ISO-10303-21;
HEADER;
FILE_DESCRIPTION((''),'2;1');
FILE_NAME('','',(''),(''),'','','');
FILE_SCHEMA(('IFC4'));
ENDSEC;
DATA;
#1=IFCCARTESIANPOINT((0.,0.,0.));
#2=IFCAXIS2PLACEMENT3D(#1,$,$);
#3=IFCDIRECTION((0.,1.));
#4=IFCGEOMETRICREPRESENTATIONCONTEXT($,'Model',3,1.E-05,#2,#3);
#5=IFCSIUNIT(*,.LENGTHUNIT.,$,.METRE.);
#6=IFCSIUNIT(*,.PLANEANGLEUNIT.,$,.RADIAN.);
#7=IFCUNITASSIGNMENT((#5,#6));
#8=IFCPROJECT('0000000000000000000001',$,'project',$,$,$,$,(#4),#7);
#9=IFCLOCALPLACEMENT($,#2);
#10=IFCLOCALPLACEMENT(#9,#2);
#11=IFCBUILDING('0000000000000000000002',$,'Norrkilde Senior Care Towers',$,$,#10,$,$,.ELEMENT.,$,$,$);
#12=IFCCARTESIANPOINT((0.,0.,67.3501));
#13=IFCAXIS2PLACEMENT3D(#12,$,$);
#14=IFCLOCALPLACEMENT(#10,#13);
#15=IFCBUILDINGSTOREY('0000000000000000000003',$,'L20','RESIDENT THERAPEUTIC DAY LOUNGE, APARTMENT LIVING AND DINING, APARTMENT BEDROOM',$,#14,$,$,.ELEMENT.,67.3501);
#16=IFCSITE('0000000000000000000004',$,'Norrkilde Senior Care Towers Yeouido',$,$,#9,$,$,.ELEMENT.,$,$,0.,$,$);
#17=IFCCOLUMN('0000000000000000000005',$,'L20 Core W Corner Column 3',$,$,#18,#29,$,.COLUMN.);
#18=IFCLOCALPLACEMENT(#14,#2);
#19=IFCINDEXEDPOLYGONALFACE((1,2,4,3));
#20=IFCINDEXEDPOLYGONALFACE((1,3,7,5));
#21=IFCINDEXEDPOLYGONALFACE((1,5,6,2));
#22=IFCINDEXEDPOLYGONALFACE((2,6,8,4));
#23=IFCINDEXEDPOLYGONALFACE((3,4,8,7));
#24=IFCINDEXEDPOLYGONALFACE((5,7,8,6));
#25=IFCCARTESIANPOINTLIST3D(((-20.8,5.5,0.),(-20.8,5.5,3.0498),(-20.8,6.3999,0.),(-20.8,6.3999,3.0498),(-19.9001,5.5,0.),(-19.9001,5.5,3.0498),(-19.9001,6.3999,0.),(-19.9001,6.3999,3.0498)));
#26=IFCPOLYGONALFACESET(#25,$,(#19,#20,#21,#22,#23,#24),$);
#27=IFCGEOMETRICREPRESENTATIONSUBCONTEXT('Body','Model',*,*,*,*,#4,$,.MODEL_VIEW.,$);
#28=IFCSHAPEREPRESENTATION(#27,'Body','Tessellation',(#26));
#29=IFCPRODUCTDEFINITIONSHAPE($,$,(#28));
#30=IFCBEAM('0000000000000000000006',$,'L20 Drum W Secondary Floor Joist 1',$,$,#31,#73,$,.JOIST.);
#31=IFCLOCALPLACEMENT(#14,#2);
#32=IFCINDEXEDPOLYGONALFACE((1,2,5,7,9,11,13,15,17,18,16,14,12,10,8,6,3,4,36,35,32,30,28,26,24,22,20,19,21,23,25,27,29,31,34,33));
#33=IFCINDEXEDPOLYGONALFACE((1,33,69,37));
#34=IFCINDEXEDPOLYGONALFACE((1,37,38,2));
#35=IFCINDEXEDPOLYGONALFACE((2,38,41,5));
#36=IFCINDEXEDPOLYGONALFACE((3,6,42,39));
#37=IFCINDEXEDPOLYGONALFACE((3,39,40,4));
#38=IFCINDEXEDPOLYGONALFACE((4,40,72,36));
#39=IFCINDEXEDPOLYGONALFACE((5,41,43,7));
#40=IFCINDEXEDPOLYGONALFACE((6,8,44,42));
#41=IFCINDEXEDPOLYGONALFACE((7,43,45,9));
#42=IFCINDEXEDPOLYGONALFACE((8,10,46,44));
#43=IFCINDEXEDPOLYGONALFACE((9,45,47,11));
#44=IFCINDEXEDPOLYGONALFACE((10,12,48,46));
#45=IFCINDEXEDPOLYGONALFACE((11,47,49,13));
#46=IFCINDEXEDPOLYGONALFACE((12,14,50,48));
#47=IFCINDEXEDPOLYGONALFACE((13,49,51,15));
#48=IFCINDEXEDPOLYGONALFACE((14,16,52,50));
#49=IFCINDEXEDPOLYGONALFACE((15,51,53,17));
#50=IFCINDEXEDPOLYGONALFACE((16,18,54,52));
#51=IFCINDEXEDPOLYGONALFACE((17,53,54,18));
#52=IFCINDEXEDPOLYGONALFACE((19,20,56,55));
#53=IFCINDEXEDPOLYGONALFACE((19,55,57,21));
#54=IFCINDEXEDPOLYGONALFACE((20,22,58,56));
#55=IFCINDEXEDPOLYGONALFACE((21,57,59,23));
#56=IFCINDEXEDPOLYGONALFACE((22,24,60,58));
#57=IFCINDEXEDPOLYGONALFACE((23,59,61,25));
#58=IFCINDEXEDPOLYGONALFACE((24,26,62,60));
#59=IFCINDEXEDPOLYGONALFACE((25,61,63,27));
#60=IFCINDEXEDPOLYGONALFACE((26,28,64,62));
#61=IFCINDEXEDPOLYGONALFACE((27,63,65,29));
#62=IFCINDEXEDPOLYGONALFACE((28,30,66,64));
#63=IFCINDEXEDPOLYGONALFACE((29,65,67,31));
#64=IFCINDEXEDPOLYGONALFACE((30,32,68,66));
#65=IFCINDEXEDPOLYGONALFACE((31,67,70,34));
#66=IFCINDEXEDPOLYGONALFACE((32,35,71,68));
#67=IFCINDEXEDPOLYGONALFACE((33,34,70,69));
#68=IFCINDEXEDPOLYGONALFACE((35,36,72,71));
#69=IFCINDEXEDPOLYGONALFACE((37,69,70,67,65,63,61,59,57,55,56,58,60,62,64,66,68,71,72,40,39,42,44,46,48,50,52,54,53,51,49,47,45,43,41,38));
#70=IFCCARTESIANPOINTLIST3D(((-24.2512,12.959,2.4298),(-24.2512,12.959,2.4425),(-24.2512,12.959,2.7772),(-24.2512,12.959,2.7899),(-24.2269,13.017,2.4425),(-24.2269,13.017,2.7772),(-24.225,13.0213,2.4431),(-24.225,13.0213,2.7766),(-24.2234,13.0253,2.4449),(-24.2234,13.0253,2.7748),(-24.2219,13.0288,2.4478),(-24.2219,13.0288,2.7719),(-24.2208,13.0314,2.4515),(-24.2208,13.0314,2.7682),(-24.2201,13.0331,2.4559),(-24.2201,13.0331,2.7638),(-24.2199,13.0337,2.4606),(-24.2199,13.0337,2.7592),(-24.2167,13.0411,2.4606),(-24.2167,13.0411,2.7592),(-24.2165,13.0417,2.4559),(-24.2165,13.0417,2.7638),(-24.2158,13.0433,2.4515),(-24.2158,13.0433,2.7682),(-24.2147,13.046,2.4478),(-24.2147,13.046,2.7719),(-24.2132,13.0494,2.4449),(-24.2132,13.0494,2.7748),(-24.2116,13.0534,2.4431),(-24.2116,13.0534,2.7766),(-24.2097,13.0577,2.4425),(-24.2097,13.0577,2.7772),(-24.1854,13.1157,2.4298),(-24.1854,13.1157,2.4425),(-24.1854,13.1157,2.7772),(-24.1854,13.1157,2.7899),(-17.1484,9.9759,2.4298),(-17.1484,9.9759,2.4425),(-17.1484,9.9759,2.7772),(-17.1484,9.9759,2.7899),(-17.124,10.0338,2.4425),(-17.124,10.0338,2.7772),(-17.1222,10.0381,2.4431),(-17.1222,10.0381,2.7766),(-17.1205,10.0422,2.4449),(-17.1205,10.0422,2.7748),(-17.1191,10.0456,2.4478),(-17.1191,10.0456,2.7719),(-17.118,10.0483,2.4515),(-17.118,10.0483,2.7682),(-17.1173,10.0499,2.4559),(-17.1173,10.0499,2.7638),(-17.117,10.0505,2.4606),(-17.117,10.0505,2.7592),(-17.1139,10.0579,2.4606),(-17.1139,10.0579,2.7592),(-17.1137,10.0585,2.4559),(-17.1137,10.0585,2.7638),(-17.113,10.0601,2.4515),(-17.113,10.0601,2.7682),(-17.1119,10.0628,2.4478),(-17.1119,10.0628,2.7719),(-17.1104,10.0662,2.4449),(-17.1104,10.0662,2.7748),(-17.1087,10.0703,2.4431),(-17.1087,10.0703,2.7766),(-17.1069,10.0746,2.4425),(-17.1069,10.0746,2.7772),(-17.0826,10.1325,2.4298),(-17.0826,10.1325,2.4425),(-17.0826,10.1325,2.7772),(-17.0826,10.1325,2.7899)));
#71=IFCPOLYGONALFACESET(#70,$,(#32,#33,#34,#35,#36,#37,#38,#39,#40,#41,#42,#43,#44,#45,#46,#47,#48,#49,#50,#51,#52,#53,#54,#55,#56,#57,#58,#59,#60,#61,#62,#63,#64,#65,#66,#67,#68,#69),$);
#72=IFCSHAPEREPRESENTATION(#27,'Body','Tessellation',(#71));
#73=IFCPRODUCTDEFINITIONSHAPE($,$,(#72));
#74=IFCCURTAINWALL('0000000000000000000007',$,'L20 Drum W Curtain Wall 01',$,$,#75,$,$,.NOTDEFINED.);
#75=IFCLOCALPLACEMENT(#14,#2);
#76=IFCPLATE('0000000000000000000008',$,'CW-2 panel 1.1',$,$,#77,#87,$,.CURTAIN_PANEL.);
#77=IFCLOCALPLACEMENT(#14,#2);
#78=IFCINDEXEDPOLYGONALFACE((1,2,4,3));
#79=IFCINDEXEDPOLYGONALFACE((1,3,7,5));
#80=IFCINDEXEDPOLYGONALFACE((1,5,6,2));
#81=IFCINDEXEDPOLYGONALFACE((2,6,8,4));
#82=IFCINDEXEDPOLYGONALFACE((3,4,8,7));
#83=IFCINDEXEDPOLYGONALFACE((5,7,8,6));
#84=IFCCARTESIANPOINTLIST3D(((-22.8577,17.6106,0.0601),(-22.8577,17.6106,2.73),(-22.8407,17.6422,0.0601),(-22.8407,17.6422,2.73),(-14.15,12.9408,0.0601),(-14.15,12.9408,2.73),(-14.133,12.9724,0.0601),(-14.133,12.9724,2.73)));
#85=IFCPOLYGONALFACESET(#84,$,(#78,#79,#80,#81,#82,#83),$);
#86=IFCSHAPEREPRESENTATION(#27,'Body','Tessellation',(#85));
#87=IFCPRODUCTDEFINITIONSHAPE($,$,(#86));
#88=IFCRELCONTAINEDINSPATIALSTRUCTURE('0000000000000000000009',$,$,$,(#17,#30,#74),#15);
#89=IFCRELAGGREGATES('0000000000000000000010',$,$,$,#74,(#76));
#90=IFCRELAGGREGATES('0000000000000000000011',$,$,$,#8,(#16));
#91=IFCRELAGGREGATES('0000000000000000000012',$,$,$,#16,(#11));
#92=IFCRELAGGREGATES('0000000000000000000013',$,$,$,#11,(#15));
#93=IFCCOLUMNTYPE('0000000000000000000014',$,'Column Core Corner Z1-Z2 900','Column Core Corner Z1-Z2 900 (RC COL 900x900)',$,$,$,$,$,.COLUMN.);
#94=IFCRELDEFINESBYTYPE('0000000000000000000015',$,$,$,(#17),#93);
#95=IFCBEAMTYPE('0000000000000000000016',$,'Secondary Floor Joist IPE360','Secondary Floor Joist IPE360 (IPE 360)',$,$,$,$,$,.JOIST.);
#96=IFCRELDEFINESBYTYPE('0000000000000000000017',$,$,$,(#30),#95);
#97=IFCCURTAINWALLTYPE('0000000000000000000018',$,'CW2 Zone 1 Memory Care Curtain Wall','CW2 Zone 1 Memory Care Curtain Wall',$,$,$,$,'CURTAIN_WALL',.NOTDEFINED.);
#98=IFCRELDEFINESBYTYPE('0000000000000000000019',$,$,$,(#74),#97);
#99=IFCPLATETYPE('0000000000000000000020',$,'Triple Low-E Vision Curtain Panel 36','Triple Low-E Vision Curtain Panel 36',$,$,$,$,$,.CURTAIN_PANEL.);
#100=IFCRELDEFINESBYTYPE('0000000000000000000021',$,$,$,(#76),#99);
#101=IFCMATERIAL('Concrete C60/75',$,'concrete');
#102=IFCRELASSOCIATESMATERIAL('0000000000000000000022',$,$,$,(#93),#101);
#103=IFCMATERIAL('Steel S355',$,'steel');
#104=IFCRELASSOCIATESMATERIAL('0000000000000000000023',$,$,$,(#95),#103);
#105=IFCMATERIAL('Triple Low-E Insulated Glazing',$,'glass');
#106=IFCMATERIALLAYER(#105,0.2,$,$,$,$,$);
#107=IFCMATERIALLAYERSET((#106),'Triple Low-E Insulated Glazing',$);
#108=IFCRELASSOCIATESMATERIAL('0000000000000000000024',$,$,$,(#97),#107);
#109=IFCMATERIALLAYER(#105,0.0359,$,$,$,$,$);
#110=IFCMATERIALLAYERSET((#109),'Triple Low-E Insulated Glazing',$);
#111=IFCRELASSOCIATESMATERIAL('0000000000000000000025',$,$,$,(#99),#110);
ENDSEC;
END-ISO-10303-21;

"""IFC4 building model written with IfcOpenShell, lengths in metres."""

from ifc_helpers import new_model, si_unit, direction, frame, origin, origin_2d, place, context, subcontext, project, spatial, rectangle, i_section, extrude, source, transform, mapped, material, layer, layer_set, material_profile, profile_set, type_object, type_shapes, element, aggregate, save


model = new_model("IFC4")

# Units and contexts
model_context = context("Model", 3, precision=1e-05, world=origin(), true_north=direction((0.0, 1.0)))
body_context = subcontext(model_context, "Body", "Model", "MODEL_VIEW")
ifc_project = project(units=[si_unit("LENGTHUNIT", "METRE"), si_unit("PLANEANGLEUNIT", "RADIAN")], contexts=[model_context])

# Site, building, storey
site_placement = place(None, origin())
site = spatial("IfcSite", under=ifc_project, at=site_placement, Name="Norrkilde Senior Care Towers Yeouido", CompositionType="ELEMENT", RefElevation=0.0)
building_placement = place(site_placement, origin())
building = spatial("IfcBuilding", under=site, at=building_placement, Name="Norrkilde Senior Care Towers", CompositionType="ELEMENT")
storey_placement = place(building_placement, frame((0.0, 0.0, 67.3501)))
storey = spatial("IfcBuildingStorey", under=building, at=storey_placement, Name="L20", Description="RESIDENT THERAPEUTIC DAY LOUNGE, APARTMENT LIVING AND DINING, APARTMENT BEDROOM", CompositionType="ELEMENT", Elevation=67.3501)

# Column
ifc_material_1 = material(Name="Concrete C60/75", Category="concrete")
ifc_material_profile_1 = material_profile(ifc_material_1, rectangle(XDim=0.8999, YDim=0.8999, at=origin_2d()), Name="RC COL 900x900")
ifc_profile_set_1 = profile_set([ifc_material_profile_1], Name="Concrete C60/75")
column_type = type_object("IfcColumnType", Name="Column Core Corner Z1-Z2 900", Description="Column Core Corner Z1-Z2 900 (RC COL 900x900)", PredefinedType="COLUMN", material=ifc_profile_set_1)
shared_shape_1 = source(origin(), body_context, "Body", "SweptSolid", [
    extrude(rectangle(XDim=0.8999, YDim=0.8999, at=origin_2d()), origin(), (0.0, 0.0, 1.0), 3.0498),
])
type_shapes(column_type, [shared_shape_1])
column_placement = place(storey_placement, frame((-20.3501, 5.95, 0.0), z_axis=(0.0, 0.0, 1.0), x_axis=(1.0, 0.0, 0.0)))
element("IfcColumn", 1, at=column_placement, inside=storey, type_object=column_type, Name="L20 Core W Corner Column 3", PredefinedType="COLUMN", context=body_context, shape_type="MappedRepresentation", body=[
    mapped(shared_shape_1, transform((0.0, 0.0, 0.0), x_axis=(1.0, 0.0, 0.0), y_axis=(0.0, 1.0, 0.0), z_axis=(0.0, 0.0, 1.0), scale=1.0)),
])

# Beam
ifc_material_2 = material(Name="Steel S355", Category="steel")
ifc_material_profile_2 = material_profile(ifc_material_2, i_section(OverallWidth=0.1699, OverallDepth=0.3601, WebThickness=0.0081, FlangeThickness=0.0127, FilletRadius=0.0181, at=origin_2d()), Name="IPE 360")
ifc_profile_set_2 = profile_set([ifc_material_profile_2], Name="Steel S355")
beam_type = type_object("IfcBeamType", Name="Secondary Floor Joist IPE360", Description="Secondary Floor Joist IPE360 (IPE 360)", PredefinedType="JOIST", material=ifc_profile_set_2)
shared_shape_2 = source(origin(), body_context, "Body", "SweptSolid", [
    extrude(i_section(OverallWidth=0.1699, OverallDepth=0.3601, WebThickness=0.0081, FlangeThickness=0.0127, FilletRadius=0.0181, at=origin_2d()), origin(), (0.0, 0.0, 1.0), 7.7039),
])
type_shapes(beam_type, [shared_shape_2])
beam_placement = place(storey_placement, frame((-17.1155, 10.0542, 2.6099), z_axis=(-0.921983, 0.387231, 0.0), x_axis=(-0.387231, -0.921983, 0.0)))
element("IfcBeam", 2, at=beam_placement, inside=storey, type_object=beam_type, Name="L20 Drum W Secondary Floor Joist 1", PredefinedType="JOIST", context=body_context, shape_type="MappedRepresentation", body=[
    mapped(shared_shape_2, transform((0.0, 0.0, 0.0), x_axis=(1.0, 0.0, 0.0), y_axis=(0.0, 1.0, 0.0), z_axis=(0.0, 0.0, 1.0), scale=1.0)),
])

# Curtain wall, plate
ifc_material_3 = material(Name="Triple Low-E Insulated Glazing", Category="glass")
ifc_layer_1 = layer(ifc_material_3, 0.2)
ifc_layer_set_1 = layer_set([ifc_layer_1], Name="Triple Low-E Insulated Glazing")
curtain_wall_type = type_object("IfcCurtainWallType", Name="CW2 Zone 1 Memory Care Curtain Wall", Description="CW2 Zone 1 Memory Care Curtain Wall", ElementType="CURTAIN_WALL", PredefinedType="NOTDEFINED", material=ifc_layer_set_1)
curtain_wall_placement = place(storey_placement, origin())
curtain_wall = element("IfcCurtainWall", 3, at=curtain_wall_placement, inside=storey, type_object=curtain_wall_type, Name="L20 Drum W Curtain Wall 01", PredefinedType="NOTDEFINED")
ifc_layer_2 = layer(ifc_material_3, 0.0359)
ifc_layer_set_2 = layer_set([ifc_layer_2], Name="Triple Low-E Insulated Glazing")
plate_type = type_object("IfcPlateType", Name="Triple Low-E Vision Curtain Panel 36", Description="Triple Low-E Vision Curtain Panel 36", PredefinedType="CURTAIN_PANEL", material=ifc_layer_set_2)
shared_shape_3 = source(origin(), body_context, "Body", "SweptSolid", [
    extrude(rectangle(XDim=9.8809, YDim=0.0359, at=origin_2d()), origin(), (0.0, 0.0, 1.0), 2.6699),
])
type_shapes(plate_type, [shared_shape_3])
plate_placement = place(storey_placement, frame((-18.4954, 15.2915, 0.0601), z_axis=(0.0, 0.0, 1.0), x_axis=(0.881273, -0.472608, 0.0)))
plate = element("IfcPlate", 4, at=plate_placement, type_object=plate_type, Name="CW-2 panel 1.1", PredefinedType="CURTAIN_PANEL", context=body_context, shape_type="MappedRepresentation", body=[
    mapped(shared_shape_3, transform((0.0, 0.0, 0.0), x_axis=(1.0, 0.0, 0.0), y_axis=(0.0, 1.0, 0.0), z_axis=(0.0, 0.0, 1.0), scale=1.0)),
])
aggregate(curtain_wall, [plate])

save(model, "model.ifc")
